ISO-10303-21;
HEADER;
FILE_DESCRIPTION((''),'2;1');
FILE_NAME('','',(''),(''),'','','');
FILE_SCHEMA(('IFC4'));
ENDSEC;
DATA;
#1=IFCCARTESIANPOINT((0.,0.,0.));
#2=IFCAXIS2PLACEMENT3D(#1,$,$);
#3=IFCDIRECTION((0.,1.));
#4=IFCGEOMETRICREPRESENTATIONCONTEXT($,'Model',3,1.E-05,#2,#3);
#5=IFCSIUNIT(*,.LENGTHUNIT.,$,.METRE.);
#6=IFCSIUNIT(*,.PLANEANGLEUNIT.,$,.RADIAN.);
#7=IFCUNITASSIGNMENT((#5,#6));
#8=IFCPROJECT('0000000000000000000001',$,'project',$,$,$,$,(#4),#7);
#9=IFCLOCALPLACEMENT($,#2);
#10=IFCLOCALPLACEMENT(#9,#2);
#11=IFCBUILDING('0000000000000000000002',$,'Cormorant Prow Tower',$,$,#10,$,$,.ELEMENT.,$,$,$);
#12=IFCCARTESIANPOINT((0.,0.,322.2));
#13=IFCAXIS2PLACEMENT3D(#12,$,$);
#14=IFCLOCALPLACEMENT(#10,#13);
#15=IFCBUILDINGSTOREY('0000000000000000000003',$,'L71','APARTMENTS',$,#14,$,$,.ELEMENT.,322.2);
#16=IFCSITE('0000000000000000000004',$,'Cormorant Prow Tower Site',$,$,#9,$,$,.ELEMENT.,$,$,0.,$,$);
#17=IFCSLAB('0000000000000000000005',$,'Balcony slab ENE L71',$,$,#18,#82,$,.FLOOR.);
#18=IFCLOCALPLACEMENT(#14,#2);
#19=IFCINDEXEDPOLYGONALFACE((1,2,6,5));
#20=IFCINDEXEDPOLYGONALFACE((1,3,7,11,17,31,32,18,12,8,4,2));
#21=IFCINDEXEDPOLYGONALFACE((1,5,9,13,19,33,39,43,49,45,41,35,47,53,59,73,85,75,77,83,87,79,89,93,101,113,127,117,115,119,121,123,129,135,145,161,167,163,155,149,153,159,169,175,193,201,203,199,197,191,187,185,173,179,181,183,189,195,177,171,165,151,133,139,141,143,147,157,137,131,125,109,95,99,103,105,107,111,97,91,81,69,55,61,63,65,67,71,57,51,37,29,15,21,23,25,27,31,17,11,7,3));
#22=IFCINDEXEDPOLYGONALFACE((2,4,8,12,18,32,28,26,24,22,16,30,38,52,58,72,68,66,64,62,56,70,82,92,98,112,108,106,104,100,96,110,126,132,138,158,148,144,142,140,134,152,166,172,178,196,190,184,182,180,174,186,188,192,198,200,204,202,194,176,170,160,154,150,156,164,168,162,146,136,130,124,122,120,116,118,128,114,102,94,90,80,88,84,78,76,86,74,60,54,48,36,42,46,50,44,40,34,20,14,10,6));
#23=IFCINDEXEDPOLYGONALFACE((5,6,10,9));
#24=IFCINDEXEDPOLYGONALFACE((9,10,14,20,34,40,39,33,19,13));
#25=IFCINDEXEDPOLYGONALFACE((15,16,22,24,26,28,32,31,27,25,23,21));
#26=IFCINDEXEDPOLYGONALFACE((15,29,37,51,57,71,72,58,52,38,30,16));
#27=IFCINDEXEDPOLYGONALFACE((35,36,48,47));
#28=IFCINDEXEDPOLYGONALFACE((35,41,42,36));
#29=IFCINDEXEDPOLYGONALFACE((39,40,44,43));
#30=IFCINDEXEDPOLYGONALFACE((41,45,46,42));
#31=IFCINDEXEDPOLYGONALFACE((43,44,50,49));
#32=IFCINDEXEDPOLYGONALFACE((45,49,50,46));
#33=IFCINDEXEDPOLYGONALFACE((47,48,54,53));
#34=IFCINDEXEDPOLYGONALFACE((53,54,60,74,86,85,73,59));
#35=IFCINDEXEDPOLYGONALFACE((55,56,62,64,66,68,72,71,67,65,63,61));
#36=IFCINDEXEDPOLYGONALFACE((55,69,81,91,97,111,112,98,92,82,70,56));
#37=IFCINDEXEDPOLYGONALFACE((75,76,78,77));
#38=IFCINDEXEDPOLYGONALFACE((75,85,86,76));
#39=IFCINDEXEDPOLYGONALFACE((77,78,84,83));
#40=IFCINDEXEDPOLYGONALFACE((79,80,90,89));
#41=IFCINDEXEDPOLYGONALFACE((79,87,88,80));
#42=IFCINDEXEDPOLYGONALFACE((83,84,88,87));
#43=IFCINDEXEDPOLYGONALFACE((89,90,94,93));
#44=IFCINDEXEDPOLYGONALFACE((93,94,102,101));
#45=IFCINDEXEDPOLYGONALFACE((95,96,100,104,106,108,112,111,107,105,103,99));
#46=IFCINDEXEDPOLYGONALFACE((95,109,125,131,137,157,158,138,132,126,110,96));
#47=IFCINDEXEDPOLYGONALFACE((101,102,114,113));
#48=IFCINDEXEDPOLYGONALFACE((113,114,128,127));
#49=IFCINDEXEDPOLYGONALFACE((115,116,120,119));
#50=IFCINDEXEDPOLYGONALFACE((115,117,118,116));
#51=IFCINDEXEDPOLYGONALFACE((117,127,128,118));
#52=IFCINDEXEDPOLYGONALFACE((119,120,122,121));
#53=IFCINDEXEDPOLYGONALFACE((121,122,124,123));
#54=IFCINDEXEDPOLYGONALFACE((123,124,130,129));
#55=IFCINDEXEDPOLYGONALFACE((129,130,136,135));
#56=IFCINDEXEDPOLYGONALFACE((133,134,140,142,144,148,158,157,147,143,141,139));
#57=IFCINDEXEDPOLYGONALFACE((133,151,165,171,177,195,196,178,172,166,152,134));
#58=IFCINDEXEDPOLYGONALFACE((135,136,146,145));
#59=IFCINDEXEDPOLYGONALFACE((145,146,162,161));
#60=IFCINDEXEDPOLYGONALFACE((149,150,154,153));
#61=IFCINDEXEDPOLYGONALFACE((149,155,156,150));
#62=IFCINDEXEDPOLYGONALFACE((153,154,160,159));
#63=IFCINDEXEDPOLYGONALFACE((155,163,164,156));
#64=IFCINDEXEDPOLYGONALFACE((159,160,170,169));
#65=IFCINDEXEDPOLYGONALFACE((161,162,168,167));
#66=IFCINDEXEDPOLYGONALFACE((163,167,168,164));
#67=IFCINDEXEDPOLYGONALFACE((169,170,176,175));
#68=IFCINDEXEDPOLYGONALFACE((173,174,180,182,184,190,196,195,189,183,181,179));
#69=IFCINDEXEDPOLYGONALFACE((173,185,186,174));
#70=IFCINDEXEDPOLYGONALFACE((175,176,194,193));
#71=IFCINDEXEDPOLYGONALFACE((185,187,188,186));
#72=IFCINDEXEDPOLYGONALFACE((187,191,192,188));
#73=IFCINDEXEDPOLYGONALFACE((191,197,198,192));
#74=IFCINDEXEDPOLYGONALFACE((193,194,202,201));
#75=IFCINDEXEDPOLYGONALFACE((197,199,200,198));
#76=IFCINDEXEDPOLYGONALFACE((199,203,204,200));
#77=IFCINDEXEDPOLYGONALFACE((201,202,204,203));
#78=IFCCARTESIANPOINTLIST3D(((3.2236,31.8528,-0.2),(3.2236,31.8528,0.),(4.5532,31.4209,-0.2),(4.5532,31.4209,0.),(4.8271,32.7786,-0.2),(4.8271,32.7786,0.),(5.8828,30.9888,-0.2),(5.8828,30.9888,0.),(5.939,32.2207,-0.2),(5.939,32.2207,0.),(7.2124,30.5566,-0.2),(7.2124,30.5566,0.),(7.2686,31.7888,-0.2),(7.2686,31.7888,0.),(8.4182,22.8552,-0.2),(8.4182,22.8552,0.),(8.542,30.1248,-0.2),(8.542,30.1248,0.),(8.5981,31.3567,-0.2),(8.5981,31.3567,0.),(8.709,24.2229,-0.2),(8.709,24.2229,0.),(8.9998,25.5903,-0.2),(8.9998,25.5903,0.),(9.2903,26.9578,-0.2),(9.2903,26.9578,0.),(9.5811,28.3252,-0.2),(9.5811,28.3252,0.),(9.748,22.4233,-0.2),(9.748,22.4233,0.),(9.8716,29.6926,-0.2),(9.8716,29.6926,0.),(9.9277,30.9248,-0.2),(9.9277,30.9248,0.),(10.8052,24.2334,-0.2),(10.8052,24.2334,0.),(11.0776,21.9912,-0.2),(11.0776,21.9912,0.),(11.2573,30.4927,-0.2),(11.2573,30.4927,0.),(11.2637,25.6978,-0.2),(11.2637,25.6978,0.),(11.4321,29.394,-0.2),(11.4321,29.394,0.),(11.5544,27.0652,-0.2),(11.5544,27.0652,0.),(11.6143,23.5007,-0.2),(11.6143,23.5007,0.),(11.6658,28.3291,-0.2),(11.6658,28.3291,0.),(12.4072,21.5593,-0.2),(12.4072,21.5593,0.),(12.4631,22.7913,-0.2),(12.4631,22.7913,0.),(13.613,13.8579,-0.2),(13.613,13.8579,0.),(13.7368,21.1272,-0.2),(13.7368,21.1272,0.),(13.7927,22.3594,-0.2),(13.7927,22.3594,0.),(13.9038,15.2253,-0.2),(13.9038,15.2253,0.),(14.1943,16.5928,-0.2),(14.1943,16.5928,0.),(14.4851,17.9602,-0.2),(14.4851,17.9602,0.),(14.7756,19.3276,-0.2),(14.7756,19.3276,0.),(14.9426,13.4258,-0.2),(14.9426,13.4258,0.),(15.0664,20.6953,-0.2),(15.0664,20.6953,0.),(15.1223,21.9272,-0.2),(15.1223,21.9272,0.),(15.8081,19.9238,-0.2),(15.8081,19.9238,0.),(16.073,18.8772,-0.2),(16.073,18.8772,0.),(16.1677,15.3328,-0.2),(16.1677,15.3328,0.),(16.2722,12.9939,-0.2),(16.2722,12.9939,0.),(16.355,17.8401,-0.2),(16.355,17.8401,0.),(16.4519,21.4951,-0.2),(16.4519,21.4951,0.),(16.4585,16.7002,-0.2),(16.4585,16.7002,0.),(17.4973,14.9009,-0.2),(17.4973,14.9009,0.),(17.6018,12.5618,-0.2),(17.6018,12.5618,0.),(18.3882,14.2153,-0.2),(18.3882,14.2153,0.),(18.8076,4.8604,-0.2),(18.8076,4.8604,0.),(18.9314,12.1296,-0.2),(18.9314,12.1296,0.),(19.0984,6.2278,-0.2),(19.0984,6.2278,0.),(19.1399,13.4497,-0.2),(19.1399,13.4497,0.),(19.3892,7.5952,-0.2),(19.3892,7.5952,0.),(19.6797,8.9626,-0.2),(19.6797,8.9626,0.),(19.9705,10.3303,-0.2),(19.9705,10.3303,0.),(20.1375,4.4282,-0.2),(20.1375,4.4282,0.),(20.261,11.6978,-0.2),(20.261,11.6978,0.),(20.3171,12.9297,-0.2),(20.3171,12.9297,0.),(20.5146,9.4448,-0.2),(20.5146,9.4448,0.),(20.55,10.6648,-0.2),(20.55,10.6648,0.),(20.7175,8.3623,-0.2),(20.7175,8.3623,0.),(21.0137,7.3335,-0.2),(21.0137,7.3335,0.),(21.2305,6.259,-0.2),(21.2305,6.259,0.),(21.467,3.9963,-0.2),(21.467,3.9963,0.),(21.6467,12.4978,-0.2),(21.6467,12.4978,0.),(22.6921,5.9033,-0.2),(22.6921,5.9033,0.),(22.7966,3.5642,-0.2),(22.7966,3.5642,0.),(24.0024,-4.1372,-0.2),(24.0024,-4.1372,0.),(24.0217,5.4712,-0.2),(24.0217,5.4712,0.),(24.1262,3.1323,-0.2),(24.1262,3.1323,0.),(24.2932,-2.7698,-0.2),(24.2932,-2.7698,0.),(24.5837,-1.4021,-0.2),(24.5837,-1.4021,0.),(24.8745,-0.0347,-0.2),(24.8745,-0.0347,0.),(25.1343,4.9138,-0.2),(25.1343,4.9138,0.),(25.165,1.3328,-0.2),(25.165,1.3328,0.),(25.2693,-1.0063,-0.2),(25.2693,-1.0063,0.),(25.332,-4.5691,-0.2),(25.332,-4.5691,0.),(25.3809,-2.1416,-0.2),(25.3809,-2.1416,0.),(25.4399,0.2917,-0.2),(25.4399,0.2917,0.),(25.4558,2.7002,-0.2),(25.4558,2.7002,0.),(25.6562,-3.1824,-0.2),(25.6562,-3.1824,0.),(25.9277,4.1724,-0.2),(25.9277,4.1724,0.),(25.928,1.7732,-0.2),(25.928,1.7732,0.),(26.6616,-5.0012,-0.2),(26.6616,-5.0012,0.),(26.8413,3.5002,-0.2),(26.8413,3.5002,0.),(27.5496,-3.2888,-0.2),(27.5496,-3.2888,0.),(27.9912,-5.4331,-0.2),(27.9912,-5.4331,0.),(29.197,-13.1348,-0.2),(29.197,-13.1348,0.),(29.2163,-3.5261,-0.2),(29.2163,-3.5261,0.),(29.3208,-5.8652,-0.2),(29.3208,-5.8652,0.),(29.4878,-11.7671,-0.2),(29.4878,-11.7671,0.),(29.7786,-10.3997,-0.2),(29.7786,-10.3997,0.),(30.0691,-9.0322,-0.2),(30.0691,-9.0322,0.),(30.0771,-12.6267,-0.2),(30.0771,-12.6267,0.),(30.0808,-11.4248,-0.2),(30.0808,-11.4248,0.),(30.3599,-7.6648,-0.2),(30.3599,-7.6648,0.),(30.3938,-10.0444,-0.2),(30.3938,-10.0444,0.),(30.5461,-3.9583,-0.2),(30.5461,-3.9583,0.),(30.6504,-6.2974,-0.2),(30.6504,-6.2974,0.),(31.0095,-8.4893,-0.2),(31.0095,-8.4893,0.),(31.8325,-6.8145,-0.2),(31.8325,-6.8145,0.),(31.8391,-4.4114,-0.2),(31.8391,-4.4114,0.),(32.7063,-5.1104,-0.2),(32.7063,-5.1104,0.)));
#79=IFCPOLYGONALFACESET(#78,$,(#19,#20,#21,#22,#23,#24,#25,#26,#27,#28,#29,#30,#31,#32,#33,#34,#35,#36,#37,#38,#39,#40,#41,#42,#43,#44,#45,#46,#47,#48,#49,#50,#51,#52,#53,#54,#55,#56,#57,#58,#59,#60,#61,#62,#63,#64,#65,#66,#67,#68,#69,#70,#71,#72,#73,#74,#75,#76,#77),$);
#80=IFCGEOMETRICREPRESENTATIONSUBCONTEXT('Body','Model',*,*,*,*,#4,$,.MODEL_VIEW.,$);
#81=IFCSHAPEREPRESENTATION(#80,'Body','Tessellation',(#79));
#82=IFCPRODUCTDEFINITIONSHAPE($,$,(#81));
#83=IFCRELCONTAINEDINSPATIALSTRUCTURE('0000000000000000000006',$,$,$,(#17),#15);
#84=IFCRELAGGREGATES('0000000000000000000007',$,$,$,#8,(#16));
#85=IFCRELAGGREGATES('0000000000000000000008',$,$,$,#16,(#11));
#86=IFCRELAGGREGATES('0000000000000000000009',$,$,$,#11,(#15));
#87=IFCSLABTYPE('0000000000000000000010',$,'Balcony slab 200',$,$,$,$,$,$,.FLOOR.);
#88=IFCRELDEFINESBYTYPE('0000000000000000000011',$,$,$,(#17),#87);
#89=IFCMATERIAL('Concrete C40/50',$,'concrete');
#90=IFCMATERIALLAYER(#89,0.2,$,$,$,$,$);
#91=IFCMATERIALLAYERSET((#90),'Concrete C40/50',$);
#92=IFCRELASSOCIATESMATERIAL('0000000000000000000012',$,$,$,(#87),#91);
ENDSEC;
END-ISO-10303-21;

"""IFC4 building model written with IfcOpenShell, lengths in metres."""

from ifc_helpers import new_model, si_unit, direction, frame, origin, place, context, subcontext, project, spatial, polyline, outline, extrude, material, layer, layer_set, type_object, element, save


model = new_model("IFC4")

# Units and contexts
model_context = context("Model", 3, precision=1e-05, world=origin(), true_north=direction((0.0, 1.0)))
body_context = subcontext(model_context, "Body", "Model", "MODEL_VIEW")
ifc_project = project(units=[si_unit("LENGTHUNIT", "METRE"), si_unit("PLANEANGLEUNIT", "RADIAN")], contexts=[model_context])

# Site, building, storey
site_placement = place(None, origin())
site = spatial("IfcSite", under=ifc_project, at=site_placement, Name="Cormorant Prow Tower Site", CompositionType="ELEMENT", RefElevation=0.0)
building_placement = place(site_placement, origin())
building = spatial("IfcBuilding", under=site, at=building_placement, Name="Cormorant Prow Tower", CompositionType="ELEMENT")
storey_placement = place(building_placement, frame((0.0, 0.0, 322.2)))
storey = spatial("IfcBuildingStorey", under=building, at=storey_placement, Name="L71", Description="APARTMENTS", CompositionType="ELEMENT", Elevation=322.2)

# Slab
ifc_material_1 = material(Name="Concrete C40/50", Category="concrete")
ifc_layer_1 = layer(ifc_material_1, 0.2)
ifc_layer_set_1 = layer_set([ifc_layer_1], Name="Concrete C40/50")
slab_type_1 = type_object("IfcSlabType", Name="Balcony slab 200", PredefinedType="FLOOR", material=ifc_layer_set_1)
slab_1_placement = place(storey_placement, frame((0.0, 0.0, -0.2)))
element("IfcSlab", 1, at=slab_1_placement, inside=storey, type_object=slab_type_1, Name="Balcony slab ENE L71", PredefinedType="FLOOR", context=body_context, shape_type="SweptSolid", body=[
    extrude(outline(polyline([(29.197, -13.1348), (30.0771, -12.6267), (30.0808, -11.4248), (30.3938, -10.0444), (31.0095, -8.4893), (31.8325, -6.8145), (32.7063, -5.1104), (31.8391, -4.4114), (30.5461, -3.9583), (29.2163, -3.5261), (27.5496, -3.2888), (25.6562, -3.1824), (25.3809, -2.1416), (25.2693, -1.0063), (25.4399, 0.2917), (25.928, 1.7732), (26.8413, 3.5002), (25.9277, 4.1724), (25.1343, 4.9138), (24.0217, 5.4712), (22.6921, 5.9033), (21.2305, 6.259), (21.0137, 7.3335), (20.7175, 8.3623), (20.5146, 9.4448), (20.55, 10.6648), (21.6467, 12.4978), (20.3171, 12.9297), (19.1399, 13.4497), (18.3882, 14.2153), (17.4973, 14.9009), (16.1677, 15.3328), (16.4585, 16.7002), (16.355, 17.8401), (16.073, 18.8772), (15.8081, 19.9238), (16.4519, 21.4951), (15.1223, 21.9272), (13.7927, 22.3594), (12.4631, 22.7913), (11.6143, 23.5007), (10.8052, 24.2334), (11.2637, 25.6978), (11.5544, 27.0652), (11.6658, 28.3291), (11.4321, 29.394), (11.2573, 30.4927), (9.9277, 30.9248), (8.5981, 31.3567), (7.2686, 31.7888), (5.939, 32.2207), (4.8271, 32.7786), (3.2236, 31.8528), (4.5532, 31.4209), (5.8828, 30.9888), (7.2124, 30.5566), (8.542, 30.1248), (9.8716, 29.6926), (9.5811, 28.3252), (9.2903, 26.9578), (8.9998, 25.5903), (8.709, 24.2229), (8.4182, 22.8552), (9.748, 22.4233), (11.0776, 21.9912), (12.4072, 21.5593), (13.7368, 21.1272), (15.0664, 20.6953), (14.7756, 19.3276), (14.4851, 17.9602), (14.1943, 16.5928), (13.9038, 15.2253), (13.613, 13.8579), (14.9426, 13.4258), (16.2722, 12.9939), (17.6018, 12.5618), (18.9314, 12.1296), (20.261, 11.6978), (19.9705, 10.3303), (19.6797, 8.9626), (19.3892, 7.5952), (19.0984, 6.2278), (18.8076, 4.8604), (20.1375, 4.4282), (21.467, 3.9963), (22.7966, 3.5642), (24.1262, 3.1323), (25.4558, 2.7002), (25.165, 1.3328), (24.8745, -0.0347), (24.5837, -1.4021), (24.2932, -2.7698), (24.0024, -4.1372), (25.332, -4.5691), (26.6616, -5.0012), (27.9912, -5.4331), (29.3208, -5.8652), (30.6504, -6.2974), (30.3599, -7.6648), (30.0691, -9.0322), (29.7786, -10.3997), (29.4878, -11.7671), (29.197, -13.1348)])), origin(), (0.0, 0.0, 1.0), 0.2),
])

save(model, "model.ifc")
